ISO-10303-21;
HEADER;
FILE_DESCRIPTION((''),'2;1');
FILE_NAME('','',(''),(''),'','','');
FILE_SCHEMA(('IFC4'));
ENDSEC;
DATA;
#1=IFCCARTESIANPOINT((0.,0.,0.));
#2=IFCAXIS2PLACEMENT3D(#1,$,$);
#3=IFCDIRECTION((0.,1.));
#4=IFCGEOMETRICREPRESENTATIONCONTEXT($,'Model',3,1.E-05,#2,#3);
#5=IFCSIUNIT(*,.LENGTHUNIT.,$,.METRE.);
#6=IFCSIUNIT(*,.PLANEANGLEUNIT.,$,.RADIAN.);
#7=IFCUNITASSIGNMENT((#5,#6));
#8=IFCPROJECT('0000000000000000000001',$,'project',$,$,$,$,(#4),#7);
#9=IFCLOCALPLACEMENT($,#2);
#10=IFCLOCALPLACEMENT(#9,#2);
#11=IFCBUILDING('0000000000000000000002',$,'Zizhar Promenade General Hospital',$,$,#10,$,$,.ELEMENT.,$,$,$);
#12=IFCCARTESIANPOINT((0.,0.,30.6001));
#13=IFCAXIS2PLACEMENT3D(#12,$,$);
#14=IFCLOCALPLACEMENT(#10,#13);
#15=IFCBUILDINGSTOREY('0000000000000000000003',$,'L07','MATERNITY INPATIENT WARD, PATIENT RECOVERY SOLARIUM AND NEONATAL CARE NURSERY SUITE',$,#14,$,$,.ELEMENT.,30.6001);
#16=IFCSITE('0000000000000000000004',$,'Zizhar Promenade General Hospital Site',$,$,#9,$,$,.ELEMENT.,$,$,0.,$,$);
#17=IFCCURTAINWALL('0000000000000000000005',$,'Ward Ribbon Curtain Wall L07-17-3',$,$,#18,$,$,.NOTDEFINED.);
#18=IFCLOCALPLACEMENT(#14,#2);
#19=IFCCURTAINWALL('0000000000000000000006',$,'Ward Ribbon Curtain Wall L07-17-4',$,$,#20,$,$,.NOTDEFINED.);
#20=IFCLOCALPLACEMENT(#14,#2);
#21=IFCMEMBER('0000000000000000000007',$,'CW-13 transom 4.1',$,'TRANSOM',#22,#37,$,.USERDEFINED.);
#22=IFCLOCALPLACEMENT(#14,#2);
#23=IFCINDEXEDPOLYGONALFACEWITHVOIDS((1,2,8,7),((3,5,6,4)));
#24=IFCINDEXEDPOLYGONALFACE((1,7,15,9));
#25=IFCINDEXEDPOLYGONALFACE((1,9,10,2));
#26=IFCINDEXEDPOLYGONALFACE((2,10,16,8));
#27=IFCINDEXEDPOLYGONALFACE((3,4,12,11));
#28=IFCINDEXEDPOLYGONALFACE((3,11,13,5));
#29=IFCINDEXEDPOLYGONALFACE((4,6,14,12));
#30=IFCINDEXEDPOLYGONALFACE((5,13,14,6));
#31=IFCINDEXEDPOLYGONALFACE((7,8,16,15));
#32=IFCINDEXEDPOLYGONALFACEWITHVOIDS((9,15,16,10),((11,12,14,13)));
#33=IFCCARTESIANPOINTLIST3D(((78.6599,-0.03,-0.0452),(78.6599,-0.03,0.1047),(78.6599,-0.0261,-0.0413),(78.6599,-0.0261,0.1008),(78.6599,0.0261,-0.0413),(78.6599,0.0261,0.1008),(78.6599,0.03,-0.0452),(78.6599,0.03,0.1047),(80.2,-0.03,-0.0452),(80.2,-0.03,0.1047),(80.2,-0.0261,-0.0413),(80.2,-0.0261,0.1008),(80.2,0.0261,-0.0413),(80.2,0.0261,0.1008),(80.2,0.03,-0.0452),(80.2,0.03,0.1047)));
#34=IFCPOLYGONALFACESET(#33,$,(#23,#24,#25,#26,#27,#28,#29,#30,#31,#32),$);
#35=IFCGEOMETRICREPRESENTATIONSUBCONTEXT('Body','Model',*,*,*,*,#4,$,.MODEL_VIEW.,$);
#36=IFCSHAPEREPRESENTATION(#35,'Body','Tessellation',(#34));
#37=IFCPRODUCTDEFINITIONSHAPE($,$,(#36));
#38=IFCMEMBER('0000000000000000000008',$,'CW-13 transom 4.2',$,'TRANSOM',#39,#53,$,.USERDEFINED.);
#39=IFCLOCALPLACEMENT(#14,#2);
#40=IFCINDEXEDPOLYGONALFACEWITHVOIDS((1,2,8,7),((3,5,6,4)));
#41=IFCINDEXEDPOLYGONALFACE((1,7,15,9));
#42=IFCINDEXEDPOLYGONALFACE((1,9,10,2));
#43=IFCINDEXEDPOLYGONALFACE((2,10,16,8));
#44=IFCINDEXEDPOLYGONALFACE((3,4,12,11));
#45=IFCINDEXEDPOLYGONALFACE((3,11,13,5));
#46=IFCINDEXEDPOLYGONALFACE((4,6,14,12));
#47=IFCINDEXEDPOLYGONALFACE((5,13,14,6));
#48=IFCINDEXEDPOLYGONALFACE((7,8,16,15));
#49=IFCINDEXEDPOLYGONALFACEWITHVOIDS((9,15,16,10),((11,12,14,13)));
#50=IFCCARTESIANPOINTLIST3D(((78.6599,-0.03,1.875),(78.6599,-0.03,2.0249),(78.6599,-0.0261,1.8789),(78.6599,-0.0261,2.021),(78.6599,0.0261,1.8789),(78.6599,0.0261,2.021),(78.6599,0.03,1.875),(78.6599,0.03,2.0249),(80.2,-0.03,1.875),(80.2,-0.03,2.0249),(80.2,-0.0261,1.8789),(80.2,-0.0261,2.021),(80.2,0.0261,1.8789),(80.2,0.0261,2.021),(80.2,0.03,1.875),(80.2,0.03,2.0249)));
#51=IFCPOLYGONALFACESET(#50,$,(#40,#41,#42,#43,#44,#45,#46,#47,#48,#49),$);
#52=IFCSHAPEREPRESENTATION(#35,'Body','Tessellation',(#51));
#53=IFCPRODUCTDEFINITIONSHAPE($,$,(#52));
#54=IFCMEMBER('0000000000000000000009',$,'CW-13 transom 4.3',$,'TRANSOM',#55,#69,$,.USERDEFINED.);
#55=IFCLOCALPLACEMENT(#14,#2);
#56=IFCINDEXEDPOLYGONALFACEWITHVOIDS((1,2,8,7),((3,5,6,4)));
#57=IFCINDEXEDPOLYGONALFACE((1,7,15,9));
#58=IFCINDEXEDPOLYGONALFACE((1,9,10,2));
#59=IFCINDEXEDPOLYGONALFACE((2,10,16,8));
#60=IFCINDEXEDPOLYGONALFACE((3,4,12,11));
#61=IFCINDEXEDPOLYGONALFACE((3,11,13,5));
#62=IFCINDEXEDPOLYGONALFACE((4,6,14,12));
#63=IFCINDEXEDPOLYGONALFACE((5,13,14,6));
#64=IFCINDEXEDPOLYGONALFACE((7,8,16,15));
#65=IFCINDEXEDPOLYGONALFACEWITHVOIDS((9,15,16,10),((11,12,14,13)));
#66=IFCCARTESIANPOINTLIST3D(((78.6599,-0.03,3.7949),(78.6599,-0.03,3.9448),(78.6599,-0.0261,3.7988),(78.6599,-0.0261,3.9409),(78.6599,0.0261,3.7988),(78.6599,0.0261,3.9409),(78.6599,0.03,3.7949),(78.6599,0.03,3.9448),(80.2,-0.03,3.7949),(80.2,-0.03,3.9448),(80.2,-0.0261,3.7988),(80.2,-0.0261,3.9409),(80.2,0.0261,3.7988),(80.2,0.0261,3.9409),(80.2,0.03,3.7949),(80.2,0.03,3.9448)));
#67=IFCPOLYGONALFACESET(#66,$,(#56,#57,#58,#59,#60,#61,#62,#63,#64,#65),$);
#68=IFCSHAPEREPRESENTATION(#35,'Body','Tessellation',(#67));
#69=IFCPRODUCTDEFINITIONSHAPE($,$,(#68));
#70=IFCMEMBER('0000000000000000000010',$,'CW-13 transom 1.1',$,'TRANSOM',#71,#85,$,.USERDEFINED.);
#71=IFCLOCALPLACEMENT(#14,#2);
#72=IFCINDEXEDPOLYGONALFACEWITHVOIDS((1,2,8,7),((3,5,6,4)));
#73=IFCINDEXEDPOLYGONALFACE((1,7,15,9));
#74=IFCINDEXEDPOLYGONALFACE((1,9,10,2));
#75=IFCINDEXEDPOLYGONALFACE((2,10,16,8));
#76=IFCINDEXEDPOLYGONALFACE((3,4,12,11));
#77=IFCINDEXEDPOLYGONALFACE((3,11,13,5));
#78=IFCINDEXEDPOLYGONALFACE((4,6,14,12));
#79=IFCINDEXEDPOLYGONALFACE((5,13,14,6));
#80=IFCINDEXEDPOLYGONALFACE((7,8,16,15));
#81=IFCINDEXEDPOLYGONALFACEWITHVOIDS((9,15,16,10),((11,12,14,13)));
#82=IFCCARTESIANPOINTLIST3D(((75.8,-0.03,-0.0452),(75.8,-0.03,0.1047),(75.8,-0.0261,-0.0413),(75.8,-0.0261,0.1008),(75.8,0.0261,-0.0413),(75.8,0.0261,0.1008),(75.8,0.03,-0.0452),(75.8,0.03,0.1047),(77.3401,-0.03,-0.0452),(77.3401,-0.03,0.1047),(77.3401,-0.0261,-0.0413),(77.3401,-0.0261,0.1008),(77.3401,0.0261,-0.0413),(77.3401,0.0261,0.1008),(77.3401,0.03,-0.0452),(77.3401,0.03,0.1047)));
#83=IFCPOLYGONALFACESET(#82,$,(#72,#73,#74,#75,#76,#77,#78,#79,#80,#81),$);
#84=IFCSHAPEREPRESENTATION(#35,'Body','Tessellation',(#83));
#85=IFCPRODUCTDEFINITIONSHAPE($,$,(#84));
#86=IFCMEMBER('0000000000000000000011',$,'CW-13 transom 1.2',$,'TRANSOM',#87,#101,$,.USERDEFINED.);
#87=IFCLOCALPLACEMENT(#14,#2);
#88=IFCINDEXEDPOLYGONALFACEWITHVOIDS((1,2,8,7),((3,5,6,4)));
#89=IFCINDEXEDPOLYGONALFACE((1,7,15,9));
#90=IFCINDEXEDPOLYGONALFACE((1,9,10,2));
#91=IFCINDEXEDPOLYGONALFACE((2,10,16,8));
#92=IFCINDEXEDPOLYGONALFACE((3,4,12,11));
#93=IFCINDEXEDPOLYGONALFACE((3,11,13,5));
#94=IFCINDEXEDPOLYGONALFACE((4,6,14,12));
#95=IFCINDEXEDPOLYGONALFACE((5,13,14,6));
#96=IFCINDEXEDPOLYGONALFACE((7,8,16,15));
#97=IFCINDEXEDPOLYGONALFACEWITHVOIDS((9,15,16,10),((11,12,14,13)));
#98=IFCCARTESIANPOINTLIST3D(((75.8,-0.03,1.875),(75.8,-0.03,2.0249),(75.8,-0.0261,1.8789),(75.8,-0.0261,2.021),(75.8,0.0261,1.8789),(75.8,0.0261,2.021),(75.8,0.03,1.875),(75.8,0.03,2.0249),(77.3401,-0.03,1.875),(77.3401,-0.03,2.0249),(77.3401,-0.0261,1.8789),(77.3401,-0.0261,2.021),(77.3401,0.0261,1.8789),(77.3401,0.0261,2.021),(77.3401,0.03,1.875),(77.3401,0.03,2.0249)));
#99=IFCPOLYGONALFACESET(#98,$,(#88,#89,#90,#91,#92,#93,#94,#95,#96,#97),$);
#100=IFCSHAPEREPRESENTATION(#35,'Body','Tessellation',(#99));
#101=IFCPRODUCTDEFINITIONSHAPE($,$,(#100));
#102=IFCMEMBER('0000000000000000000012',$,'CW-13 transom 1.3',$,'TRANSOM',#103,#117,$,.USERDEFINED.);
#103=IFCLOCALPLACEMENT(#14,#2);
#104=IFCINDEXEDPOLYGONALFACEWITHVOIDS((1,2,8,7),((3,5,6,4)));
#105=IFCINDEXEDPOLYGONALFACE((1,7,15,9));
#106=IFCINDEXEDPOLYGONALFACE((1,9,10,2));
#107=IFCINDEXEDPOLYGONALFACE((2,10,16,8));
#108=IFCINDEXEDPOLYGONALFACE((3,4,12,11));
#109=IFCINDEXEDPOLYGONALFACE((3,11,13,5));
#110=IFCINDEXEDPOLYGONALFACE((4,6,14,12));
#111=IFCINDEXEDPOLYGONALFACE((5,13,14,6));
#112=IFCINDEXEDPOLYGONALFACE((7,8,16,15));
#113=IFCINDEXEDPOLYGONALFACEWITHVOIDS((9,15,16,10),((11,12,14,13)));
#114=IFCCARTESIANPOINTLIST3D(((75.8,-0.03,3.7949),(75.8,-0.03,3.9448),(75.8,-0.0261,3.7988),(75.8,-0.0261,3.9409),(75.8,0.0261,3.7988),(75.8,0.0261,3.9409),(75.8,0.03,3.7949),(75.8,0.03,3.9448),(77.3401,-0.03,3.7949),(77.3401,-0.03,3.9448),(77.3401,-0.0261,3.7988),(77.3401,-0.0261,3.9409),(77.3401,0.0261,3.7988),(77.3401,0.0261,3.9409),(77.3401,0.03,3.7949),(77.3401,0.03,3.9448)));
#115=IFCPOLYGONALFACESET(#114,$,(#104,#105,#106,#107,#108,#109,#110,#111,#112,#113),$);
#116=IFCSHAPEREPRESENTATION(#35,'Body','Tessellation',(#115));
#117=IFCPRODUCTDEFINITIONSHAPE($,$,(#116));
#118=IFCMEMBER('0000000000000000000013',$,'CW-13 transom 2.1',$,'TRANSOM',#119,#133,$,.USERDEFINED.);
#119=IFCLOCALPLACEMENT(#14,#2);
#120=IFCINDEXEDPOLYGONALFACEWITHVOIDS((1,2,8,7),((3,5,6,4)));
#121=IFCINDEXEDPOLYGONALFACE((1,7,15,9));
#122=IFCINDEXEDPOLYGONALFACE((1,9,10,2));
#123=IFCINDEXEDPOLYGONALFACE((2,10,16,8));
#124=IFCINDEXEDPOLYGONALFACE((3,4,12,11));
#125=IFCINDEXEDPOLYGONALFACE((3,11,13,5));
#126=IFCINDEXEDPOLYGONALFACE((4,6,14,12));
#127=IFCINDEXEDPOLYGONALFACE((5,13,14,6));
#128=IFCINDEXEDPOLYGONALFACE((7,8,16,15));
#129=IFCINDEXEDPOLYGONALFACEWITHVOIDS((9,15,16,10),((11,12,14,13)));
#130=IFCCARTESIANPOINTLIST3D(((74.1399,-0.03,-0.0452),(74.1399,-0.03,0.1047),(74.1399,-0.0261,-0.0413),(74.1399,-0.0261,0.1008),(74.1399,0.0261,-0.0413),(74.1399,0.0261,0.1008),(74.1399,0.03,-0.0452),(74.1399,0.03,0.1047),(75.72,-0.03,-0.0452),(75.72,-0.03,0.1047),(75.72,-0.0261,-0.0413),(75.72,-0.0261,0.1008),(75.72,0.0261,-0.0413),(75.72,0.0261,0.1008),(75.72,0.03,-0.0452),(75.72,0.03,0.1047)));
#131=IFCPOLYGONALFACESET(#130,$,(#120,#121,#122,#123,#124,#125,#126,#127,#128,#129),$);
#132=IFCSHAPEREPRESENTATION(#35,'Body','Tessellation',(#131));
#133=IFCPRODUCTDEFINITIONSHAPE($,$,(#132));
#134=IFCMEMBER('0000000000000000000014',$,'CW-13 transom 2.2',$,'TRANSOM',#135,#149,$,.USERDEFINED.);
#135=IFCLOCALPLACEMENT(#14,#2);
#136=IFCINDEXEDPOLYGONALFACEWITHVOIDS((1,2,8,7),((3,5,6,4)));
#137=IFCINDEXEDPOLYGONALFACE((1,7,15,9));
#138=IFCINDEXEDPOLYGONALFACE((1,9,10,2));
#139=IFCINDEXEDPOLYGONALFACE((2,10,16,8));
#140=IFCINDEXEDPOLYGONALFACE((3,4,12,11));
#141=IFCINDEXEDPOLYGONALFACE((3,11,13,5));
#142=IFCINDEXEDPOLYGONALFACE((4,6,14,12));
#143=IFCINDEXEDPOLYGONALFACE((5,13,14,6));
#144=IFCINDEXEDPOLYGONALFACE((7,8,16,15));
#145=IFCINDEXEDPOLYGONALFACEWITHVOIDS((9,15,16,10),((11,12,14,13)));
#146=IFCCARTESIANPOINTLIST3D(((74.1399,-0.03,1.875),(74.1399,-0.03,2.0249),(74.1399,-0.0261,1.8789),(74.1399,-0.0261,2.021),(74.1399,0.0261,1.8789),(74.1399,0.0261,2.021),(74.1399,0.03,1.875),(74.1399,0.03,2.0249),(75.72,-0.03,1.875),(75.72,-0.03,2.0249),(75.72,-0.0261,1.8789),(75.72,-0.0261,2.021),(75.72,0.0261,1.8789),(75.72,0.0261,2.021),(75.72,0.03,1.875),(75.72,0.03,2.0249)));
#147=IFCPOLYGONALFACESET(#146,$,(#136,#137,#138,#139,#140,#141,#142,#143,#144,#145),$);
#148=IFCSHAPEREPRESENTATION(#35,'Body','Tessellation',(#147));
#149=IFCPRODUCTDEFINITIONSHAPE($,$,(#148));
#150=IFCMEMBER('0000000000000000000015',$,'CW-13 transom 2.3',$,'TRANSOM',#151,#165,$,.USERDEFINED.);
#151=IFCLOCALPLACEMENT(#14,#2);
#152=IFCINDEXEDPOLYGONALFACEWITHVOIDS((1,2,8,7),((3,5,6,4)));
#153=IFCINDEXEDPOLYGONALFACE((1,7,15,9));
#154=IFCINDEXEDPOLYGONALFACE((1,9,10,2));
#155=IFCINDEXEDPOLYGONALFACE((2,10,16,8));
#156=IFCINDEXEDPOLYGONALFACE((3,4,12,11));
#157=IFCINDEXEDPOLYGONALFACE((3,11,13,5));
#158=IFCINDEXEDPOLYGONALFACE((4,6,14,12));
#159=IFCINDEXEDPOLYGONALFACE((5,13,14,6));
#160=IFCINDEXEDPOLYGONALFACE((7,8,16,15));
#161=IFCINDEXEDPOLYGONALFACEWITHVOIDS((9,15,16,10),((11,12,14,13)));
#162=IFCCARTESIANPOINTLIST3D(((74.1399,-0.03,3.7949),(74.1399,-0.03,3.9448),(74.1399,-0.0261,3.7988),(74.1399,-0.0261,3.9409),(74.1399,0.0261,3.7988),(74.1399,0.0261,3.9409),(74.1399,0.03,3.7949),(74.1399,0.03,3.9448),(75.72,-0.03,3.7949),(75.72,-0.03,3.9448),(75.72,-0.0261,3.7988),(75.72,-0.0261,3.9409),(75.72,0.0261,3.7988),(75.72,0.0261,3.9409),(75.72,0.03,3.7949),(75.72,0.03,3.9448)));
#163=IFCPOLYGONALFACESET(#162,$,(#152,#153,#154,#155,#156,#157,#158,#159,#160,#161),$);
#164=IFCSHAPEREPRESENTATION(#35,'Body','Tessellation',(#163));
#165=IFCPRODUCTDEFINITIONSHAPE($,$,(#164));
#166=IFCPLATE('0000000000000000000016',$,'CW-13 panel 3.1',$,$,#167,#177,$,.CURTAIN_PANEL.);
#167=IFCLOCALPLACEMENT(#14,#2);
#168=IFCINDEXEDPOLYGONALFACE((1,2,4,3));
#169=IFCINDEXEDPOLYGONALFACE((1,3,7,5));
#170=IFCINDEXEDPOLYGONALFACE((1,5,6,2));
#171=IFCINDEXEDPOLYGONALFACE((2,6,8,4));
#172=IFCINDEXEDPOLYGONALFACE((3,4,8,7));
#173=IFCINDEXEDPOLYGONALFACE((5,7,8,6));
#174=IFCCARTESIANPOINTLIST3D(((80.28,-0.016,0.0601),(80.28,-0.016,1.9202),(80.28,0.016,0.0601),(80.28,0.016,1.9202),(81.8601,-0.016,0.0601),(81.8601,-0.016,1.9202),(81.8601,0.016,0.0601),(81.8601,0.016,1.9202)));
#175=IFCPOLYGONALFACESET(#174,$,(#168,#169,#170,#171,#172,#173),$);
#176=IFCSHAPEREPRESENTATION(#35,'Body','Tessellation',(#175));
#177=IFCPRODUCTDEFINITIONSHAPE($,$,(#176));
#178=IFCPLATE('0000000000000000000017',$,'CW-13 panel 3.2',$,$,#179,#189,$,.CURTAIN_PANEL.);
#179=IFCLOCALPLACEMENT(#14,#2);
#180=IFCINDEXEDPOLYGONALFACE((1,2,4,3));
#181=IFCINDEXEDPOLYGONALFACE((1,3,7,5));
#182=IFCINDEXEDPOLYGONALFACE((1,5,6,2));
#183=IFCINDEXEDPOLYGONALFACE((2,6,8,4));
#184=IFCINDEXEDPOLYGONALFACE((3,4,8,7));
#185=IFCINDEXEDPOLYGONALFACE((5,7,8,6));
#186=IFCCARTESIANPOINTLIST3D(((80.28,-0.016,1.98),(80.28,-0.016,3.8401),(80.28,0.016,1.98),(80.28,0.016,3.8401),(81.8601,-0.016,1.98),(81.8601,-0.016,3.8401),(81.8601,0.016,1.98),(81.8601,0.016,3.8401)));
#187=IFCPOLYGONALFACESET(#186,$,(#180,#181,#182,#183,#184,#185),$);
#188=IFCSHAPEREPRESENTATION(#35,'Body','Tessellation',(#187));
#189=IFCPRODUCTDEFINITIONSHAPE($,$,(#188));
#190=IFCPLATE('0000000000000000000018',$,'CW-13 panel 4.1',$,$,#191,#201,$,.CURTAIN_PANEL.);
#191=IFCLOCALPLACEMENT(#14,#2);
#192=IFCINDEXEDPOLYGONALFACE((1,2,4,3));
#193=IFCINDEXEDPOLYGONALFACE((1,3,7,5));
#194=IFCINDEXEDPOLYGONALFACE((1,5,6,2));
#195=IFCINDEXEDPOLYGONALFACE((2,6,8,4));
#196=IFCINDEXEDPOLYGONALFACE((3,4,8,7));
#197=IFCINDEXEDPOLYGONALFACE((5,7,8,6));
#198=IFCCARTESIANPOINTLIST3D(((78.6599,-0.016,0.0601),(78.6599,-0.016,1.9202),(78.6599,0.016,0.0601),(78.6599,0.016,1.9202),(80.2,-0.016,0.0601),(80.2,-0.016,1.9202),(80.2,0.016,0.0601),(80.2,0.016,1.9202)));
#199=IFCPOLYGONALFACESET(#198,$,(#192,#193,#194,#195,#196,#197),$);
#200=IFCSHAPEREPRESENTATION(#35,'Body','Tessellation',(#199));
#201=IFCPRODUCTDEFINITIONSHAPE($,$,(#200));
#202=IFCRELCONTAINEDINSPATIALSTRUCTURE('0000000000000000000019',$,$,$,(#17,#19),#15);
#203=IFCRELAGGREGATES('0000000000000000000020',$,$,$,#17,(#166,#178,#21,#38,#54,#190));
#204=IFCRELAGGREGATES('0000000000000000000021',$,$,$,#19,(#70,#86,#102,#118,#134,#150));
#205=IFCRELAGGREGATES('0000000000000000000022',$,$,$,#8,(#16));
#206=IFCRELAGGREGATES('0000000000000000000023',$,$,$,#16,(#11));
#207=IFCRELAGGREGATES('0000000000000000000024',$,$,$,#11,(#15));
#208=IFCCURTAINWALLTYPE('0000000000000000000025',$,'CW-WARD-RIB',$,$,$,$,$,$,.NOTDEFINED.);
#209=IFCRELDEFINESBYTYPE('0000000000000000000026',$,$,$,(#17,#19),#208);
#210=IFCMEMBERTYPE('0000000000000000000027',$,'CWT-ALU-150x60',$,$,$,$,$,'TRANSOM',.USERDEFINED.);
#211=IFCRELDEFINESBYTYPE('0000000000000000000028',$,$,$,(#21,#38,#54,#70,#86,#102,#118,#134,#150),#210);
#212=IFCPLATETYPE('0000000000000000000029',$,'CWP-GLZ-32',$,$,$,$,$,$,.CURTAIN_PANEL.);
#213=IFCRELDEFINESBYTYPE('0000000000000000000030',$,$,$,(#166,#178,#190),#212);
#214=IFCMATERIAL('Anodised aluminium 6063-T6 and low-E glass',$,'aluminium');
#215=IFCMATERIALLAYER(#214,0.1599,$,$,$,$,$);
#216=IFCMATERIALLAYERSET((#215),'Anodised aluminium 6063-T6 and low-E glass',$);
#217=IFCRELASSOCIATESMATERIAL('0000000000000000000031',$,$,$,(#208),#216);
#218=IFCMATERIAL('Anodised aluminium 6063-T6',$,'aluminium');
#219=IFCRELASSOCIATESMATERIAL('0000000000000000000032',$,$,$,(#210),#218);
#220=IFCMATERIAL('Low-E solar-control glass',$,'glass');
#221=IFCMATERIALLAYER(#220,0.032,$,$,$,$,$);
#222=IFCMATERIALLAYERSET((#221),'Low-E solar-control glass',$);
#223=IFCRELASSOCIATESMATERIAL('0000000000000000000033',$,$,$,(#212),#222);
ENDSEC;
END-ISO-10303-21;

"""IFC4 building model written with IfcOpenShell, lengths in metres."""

from ifc_helpers import new_model, si_unit, direction, frame, origin, origin_2d, place, context, subcontext, project, spatial, rectangle, hollow_rectangle, extrude, material, layer, layer_set, material_profile, profile_set, type_object, element, aggregate, save


model = new_model("IFC4")

# Units and contexts
model_context = context("Model", 3, precision=1e-05, world=origin(), true_north=direction((0.0, 1.0)))
body_context = subcontext(model_context, "Body", "Model", "MODEL_VIEW")
ifc_project = project(units=[si_unit("LENGTHUNIT", "METRE"), si_unit("PLANEANGLEUNIT", "RADIAN")], contexts=[model_context])

# Site, building, storey
site_placement = place(None, origin())
site = spatial("IfcSite", under=ifc_project, at=site_placement, Name="Zizhar Promenade General Hospital Site", CompositionType="ELEMENT", RefElevation=0.0)
building_placement = place(site_placement, origin())
building = spatial("IfcBuilding", under=site, at=building_placement, Name="Zizhar Promenade General Hospital", CompositionType="ELEMENT")
storey_placement = place(building_placement, frame((0.0, 0.0, 30.6001)))
storey = spatial("IfcBuildingStorey", under=building, at=storey_placement, Name="L07", Description="MATERNITY INPATIENT WARD, PATIENT RECOVERY SOLARIUM AND NEONATAL CARE NURSERY SUITE", CompositionType="ELEMENT", Elevation=30.6001)

# Curtain walls
ifc_material_1 = material(Name="Anodised aluminium 6063-T6 and low-E glass", Category="aluminium")
ifc_layer_1 = layer(ifc_material_1, 0.1599)
ifc_layer_set_1 = layer_set([ifc_layer_1], Name="Anodised aluminium 6063-T6 and low-E glass")
curtain_wall_type = type_object("IfcCurtainWallType", Name="CW-WARD-RIB", PredefinedType="NOTDEFINED", material=ifc_layer_set_1)
curtain_wall_1_placement = place(storey_placement, origin())
curtain_wall_1 = element("IfcCurtainWall", 1, at=curtain_wall_1_placement, inside=storey, type_object=curtain_wall_type, Name="Ward Ribbon Curtain Wall L07-17-3", PredefinedType="NOTDEFINED")
curtain_wall_2_placement = place(storey_placement, origin())
curtain_wall_2 = element("IfcCurtainWall", 2, at=curtain_wall_2_placement, inside=storey, type_object=curtain_wall_type, Name="Ward Ribbon Curtain Wall L07-17-4", PredefinedType="NOTDEFINED")

# Members
ifc_material_2 = material(Name="Anodised aluminium 6063-T6", Category="aluminium")
ifc_material_profile_1 = material_profile(ifc_material_2, hollow_rectangle(XDim=0.0601, YDim=0.1499, WallThickness=0.0039, at=origin_2d()))
ifc_profile_set_1 = profile_set([ifc_material_profile_1], Name="Anodised aluminium 6063-T6")
member_type_1 = type_object("IfcMemberType", Name="CWT-ALU-150x60", ElementType="TRANSOM", PredefinedType="USERDEFINED", material=ifc_profile_set_1)
member_1_placement = place(storey_placement, frame((80.2, 0.0, 0.0298), z_axis=(-1.0, 0.0, 0.0), x_axis=(0.0, -1.0, 0.0)))
member_1 = element("IfcMember", 3, at=member_1_placement, type_object=member_type_1, Name="CW-13 transom 4.1", ObjectType="TRANSOM", PredefinedType="USERDEFINED", context=body_context, shape_type="SweptSolid", body=[
    extrude(hollow_rectangle(XDim=0.0601, YDim=0.1499, WallThickness=0.0039, at=origin_2d()), origin(), (0.0, 0.0, 1.0), 1.54),
])
member_2_placement = place(storey_placement, frame((80.2, 0.0, 1.95), z_axis=(-1.0, 0.0, 0.0), x_axis=(0.0, -1.0, 0.0)))
member_2 = element("IfcMember", 4, at=member_2_placement, type_object=member_type_1, Name="CW-13 transom 4.2", ObjectType="TRANSOM", PredefinedType="USERDEFINED", context=body_context, shape_type="SweptSolid", body=[
    extrude(hollow_rectangle(XDim=0.0601, YDim=0.1499, WallThickness=0.0039, at=origin_2d()), origin(), (0.0, 0.0, 1.0), 1.54),
])
member_3_placement = place(storey_placement, frame((80.2, 0.0, 3.8699), z_axis=(-1.0, 0.0, 0.0), x_axis=(0.0, -1.0, 0.0)))
member_3 = element("IfcMember", 5, at=member_3_placement, type_object=member_type_1, Name="CW-13 transom 4.3", ObjectType="TRANSOM", PredefinedType="USERDEFINED", context=body_context, shape_type="SweptSolid", body=[
    extrude(hollow_rectangle(XDim=0.0601, YDim=0.1499, WallThickness=0.0039, at=origin_2d()), origin(), (0.0, 0.0, 1.0), 1.54),
])
member_4_placement = place(storey_placement, frame((77.3401, 0.0, 0.0298), z_axis=(-1.0, 0.0, 0.0), x_axis=(0.0, -1.0, 0.0)))
member_4 = element("IfcMember", 6, at=member_4_placement, type_object=member_type_1, Name="CW-13 transom 1.1", ObjectType="TRANSOM", PredefinedType="USERDEFINED", context=body_context, shape_type="SweptSolid", body=[
    extrude(hollow_rectangle(XDim=0.0601, YDim=0.1499, WallThickness=0.0039, at=origin_2d()), origin(), (0.0, 0.0, 1.0), 1.54),
])
member_5_placement = place(storey_placement, frame((77.3401, 0.0, 1.95), z_axis=(-1.0, 0.0, 0.0), x_axis=(0.0, -1.0, 0.0)))
member_5 = element("IfcMember", 7, at=member_5_placement, type_object=member_type_1, Name="CW-13 transom 1.2", ObjectType="TRANSOM", PredefinedType="USERDEFINED", context=body_context, shape_type="SweptSolid", body=[
    extrude(hollow_rectangle(XDim=0.0601, YDim=0.1499, WallThickness=0.0039, at=origin_2d()), origin(), (0.0, 0.0, 1.0), 1.54),
])
member_6_placement = place(storey_placement, frame((77.3401, 0.0, 3.8699), z_axis=(-1.0, 0.0, 0.0), x_axis=(0.0, -1.0, 0.0)))
member_6 = element("IfcMember", 8, at=member_6_placement, type_object=member_type_1, Name="CW-13 transom 1.3", ObjectType="TRANSOM", PredefinedType="USERDEFINED", context=body_context, shape_type="SweptSolid", body=[
    extrude(hollow_rectangle(XDim=0.0601, YDim=0.1499, WallThickness=0.0039, at=origin_2d()), origin(), (0.0, 0.0, 1.0), 1.54),
])
member_7_placement = place(storey_placement, frame((75.72, 0.0, 0.0298), z_axis=(-1.0, 0.0, 0.0), x_axis=(0.0, -1.0, 0.0)))
member_7 = element("IfcMember", 9, at=member_7_placement, type_object=member_type_1, Name="CW-13 transom 2.1", ObjectType="TRANSOM", PredefinedType="USERDEFINED", context=body_context, shape_type="SweptSolid", body=[
    extrude(hollow_rectangle(XDim=0.0601, YDim=0.1499, WallThickness=0.0039, at=origin_2d()), origin(), (0.0, 0.0, 1.0), 1.5801),
])
member_8_placement = place(storey_placement, frame((75.72, 0.0, 1.95), z_axis=(-1.0, 0.0, 0.0), x_axis=(0.0, -1.0, 0.0)))
member_8 = element("IfcMember", 10, at=member_8_placement, type_object=member_type_1, Name="CW-13 transom 2.2", ObjectType="TRANSOM", PredefinedType="USERDEFINED", context=body_context, shape_type="SweptSolid", body=[
    extrude(hollow_rectangle(XDim=0.0601, YDim=0.1499, WallThickness=0.0039, at=origin_2d()), origin(), (0.0, 0.0, 1.0), 1.5801),
])
member_9_placement = place(storey_placement, frame((75.72, 0.0, 3.8699), z_axis=(-1.0, 0.0, 0.0), x_axis=(0.0, -1.0, 0.0)))
member_9 = element("IfcMember", 11, at=member_9_placement, type_object=member_type_1, Name="CW-13 transom 2.3", ObjectType="TRANSOM", PredefinedType="USERDEFINED", context=body_context, shape_type="SweptSolid", body=[
    extrude(hollow_rectangle(XDim=0.0601, YDim=0.1499, WallThickness=0.0039, at=origin_2d()), origin(), (0.0, 0.0, 1.0), 1.5801),
])

# Plates
ifc_material_3 = material(Name="Low-E solar-control glass", Category="glass")
ifc_layer_2 = layer(ifc_material_3, 0.032)
ifc_layer_set_2 = layer_set([ifc_layer_2], Name="Low-E solar-control glass")
plate_type = type_object("IfcPlateType", Name="CWP-GLZ-32", PredefinedType="CURTAIN_PANEL", material=ifc_layer_set_2)
plate_1_placement = place(storey_placement, frame((81.0701, 0.0, 0.0601), z_axis=(0.0, 0.0, 1.0), x_axis=(-1.0, 0.0, 0.0)))
plate_1 = element("IfcPlate", 12, at=plate_1_placement, type_object=plate_type, Name="CW-13 panel 3.1", PredefinedType="CURTAIN_PANEL", context=body_context, shape_type="SweptSolid", body=[
    extrude(rectangle(XDim=1.5801, YDim=0.032, at=origin_2d()), origin(), (0.0, 0.0, 1.0), 1.8601),
])
plate_2_placement = place(storey_placement, frame((81.0701, 0.0, 1.98), z_axis=(0.0, 0.0, 1.0), x_axis=(-1.0, 0.0, 0.0)))
plate_2 = element("IfcPlate", 13, at=plate_2_placement, type_object=plate_type, Name="CW-13 panel 3.2", PredefinedType="CURTAIN_PANEL", context=body_context, shape_type="SweptSolid", body=[
    extrude(rectangle(XDim=1.5801, YDim=0.032, at=origin_2d()), origin(), (0.0, 0.0, 1.0), 1.8601),
])
plate_3_placement = place(storey_placement, frame((79.4299, 0.0, 0.0601), z_axis=(0.0, 0.0, 1.0), x_axis=(-1.0, 0.0, 0.0)))
plate_3 = element("IfcPlate", 14, at=plate_3_placement, type_object=plate_type, Name="CW-13 panel 4.1", PredefinedType="CURTAIN_PANEL", context=body_context, shape_type="SweptSolid", body=[
    extrude(rectangle(XDim=1.54, YDim=0.032, at=origin_2d()), origin(), (0.0, 0.0, 1.0), 1.8601),
])
aggregate(curtain_wall_1, [plate_1, plate_2, member_1, member_2, member_3, plate_3])
aggregate(curtain_wall_2, [member_4, member_5, member_6, member_7, member_8, member_9])

save(model, "model.ifc")
